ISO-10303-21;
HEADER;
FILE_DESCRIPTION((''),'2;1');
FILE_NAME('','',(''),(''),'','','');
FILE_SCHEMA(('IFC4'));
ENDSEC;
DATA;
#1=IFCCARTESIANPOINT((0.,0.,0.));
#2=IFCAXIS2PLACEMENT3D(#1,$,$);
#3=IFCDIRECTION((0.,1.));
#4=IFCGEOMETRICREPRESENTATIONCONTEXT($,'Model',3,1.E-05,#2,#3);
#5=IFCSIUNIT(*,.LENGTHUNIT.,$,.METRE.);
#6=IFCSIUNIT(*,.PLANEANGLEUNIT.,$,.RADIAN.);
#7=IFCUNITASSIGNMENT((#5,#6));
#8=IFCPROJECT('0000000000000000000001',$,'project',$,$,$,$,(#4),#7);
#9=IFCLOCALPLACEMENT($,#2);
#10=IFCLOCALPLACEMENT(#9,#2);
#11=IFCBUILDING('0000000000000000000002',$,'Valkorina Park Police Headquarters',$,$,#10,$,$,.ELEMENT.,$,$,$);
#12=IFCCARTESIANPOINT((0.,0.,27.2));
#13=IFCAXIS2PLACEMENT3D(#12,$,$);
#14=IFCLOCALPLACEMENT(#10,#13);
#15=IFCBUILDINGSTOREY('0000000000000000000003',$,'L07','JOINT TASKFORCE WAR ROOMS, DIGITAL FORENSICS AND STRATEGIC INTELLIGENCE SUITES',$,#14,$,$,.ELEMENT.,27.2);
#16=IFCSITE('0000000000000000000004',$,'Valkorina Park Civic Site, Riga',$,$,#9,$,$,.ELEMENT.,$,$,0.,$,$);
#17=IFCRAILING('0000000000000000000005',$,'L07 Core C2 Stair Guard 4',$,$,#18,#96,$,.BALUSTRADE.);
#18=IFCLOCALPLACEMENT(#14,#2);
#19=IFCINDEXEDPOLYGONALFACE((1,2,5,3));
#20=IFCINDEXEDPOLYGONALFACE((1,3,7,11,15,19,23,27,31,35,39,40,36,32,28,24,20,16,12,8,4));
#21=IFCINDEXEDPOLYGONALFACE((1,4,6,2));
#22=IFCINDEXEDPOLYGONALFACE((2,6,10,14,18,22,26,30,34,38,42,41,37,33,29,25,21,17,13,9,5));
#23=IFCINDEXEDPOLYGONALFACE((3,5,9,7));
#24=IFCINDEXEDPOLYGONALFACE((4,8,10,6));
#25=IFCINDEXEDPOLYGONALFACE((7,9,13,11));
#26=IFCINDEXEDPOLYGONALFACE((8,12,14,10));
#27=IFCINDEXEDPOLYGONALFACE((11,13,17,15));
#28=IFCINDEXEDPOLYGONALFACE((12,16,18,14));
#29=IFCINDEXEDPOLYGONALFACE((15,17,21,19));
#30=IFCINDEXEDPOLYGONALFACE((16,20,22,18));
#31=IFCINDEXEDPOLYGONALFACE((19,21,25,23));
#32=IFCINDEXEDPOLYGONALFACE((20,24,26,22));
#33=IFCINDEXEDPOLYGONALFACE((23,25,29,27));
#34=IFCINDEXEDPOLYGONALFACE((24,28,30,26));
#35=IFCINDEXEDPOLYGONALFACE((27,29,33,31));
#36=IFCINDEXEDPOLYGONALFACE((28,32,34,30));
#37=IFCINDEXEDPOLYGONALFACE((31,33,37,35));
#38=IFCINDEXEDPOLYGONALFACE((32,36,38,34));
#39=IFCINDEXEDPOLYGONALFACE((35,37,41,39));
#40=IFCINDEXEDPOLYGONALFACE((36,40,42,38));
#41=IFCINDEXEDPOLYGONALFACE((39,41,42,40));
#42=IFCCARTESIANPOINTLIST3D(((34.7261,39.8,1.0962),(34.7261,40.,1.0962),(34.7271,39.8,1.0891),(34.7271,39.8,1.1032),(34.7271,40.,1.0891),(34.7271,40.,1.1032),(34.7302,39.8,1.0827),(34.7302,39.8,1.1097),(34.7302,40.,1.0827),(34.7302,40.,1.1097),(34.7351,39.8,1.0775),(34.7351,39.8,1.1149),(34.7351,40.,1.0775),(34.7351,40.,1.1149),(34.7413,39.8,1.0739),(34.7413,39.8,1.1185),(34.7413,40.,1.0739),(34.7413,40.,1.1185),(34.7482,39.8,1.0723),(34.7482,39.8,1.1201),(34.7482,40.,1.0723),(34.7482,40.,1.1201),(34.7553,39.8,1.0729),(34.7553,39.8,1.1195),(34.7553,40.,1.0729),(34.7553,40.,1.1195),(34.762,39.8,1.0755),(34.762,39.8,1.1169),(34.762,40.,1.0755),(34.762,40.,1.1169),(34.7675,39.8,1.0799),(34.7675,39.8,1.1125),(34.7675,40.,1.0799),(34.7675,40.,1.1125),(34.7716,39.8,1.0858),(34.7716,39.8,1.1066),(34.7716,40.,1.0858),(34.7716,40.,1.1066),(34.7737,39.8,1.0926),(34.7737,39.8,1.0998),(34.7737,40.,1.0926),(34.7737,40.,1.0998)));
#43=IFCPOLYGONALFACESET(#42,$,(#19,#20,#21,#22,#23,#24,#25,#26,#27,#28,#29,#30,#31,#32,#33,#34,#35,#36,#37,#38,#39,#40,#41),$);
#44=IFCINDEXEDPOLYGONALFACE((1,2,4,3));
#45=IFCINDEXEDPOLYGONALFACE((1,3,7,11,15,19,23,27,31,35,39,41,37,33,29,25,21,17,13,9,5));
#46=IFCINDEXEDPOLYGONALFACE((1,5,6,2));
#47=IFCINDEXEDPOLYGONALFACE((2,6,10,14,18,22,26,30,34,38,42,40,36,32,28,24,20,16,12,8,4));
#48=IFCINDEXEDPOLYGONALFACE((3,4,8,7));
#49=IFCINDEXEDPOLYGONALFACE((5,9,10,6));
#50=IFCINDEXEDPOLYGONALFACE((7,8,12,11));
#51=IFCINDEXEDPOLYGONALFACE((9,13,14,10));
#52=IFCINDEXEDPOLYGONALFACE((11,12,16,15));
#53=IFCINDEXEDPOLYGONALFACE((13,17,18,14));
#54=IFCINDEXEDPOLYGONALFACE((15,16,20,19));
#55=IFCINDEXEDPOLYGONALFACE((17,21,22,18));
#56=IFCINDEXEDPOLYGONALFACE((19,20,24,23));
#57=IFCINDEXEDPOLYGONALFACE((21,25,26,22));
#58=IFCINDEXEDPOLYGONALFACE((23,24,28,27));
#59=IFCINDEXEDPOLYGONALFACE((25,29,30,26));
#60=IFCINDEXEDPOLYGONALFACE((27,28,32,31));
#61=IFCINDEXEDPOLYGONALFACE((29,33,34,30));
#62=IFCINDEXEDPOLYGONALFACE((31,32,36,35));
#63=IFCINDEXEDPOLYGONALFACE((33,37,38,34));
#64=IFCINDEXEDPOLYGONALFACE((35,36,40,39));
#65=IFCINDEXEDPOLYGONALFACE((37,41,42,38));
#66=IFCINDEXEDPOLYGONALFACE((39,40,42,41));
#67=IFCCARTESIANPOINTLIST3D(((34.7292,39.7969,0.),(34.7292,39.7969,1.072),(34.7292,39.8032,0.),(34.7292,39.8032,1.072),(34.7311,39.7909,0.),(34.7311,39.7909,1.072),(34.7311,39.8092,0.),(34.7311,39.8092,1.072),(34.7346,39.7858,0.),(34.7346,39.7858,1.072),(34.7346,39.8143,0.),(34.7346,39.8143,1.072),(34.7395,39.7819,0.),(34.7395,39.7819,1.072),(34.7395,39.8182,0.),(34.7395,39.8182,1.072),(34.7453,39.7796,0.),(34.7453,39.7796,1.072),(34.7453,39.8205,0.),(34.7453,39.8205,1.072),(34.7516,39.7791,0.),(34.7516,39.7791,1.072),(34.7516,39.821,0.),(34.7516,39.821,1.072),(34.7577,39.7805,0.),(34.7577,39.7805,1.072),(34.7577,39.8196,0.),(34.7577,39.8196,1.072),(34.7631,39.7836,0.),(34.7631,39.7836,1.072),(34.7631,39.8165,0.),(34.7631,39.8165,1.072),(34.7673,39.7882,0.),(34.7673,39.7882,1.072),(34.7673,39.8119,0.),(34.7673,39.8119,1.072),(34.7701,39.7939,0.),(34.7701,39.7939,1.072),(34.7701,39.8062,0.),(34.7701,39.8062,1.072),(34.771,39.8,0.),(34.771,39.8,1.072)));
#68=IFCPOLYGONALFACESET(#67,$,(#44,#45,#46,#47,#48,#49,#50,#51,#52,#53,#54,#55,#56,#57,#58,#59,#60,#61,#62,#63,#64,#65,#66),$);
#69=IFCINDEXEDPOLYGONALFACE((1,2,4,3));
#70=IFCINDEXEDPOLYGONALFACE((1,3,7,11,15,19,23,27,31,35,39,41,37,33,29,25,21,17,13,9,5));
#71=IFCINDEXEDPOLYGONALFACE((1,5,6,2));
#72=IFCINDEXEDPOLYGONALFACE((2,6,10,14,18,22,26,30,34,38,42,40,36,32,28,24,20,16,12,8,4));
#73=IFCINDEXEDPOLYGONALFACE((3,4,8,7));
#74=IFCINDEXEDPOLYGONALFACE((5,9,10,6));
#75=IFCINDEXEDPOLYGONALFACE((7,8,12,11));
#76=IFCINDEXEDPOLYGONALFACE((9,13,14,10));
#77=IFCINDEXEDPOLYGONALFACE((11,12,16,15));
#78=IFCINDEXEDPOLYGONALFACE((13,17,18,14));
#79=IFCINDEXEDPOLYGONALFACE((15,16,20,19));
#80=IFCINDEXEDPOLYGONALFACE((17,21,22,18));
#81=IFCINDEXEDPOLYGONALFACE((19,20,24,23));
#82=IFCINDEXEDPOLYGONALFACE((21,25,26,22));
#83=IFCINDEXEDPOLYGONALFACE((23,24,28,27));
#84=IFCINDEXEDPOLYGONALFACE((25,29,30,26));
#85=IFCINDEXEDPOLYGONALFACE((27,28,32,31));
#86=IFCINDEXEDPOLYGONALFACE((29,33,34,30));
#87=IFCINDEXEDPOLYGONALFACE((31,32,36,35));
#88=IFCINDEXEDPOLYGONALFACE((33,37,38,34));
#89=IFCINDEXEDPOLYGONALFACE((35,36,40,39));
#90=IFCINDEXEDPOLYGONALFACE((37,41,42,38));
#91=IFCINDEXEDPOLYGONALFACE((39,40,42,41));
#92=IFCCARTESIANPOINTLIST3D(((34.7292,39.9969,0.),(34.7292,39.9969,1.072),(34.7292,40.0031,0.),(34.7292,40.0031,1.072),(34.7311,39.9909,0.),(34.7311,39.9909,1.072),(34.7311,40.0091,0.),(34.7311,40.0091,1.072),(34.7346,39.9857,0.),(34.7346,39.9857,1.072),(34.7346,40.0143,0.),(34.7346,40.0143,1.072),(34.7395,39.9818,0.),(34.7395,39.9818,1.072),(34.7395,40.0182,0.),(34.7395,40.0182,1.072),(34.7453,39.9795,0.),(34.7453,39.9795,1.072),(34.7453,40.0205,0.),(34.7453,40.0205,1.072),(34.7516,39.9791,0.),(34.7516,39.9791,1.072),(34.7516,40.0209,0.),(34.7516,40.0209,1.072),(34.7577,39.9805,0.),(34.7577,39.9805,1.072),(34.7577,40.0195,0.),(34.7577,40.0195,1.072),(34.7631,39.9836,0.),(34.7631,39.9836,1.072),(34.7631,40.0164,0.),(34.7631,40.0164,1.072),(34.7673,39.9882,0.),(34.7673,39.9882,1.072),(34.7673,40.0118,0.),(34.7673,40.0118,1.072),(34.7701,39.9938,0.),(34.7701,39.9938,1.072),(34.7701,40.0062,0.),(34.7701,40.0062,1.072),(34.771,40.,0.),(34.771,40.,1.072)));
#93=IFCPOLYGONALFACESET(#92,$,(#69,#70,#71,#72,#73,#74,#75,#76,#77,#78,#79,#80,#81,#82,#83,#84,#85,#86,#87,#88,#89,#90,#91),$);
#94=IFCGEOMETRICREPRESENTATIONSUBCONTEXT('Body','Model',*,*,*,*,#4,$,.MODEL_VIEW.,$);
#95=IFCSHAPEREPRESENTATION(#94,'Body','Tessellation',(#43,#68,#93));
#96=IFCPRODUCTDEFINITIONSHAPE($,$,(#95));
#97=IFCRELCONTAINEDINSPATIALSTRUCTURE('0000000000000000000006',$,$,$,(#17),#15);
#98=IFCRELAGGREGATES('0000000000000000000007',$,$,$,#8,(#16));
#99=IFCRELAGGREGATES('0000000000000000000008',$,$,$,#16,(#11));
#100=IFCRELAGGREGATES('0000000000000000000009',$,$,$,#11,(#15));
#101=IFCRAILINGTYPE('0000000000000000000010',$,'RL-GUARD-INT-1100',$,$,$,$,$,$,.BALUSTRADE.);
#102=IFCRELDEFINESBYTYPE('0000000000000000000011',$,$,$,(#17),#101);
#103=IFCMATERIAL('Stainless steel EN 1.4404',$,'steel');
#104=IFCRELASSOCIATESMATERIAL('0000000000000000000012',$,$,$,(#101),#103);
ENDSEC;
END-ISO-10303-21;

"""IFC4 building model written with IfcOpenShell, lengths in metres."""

from ifc_helpers import new_model, si_unit, direction, frame, origin, origin_2d, place, context, subcontext, project, spatial, circle, extrude, material, type_object, element, save


model = new_model("IFC4")

# Units and contexts
model_context = context("Model", 3, precision=1e-05, world=origin(), true_north=direction((0.0, 1.0)))
body_context = subcontext(model_context, "Body", "Model", "MODEL_VIEW")
ifc_project = project(units=[si_unit("LENGTHUNIT", "METRE"), si_unit("PLANEANGLEUNIT", "RADIAN")], contexts=[model_context])

# Site, building, storey
site_placement = place(None, origin())
site = spatial("IfcSite", under=ifc_project, at=site_placement, Name="Valkorina Park Civic Site, Riga", CompositionType="ELEMENT", RefElevation=0.0)
building_placement = place(site_placement, origin())
building = spatial("IfcBuilding", under=site, at=building_placement, Name="Valkorina Park Police Headquarters", CompositionType="ELEMENT")
storey_placement = place(building_placement, frame((0.0, 0.0, 27.2)))
storey = spatial("IfcBuildingStorey", under=building, at=storey_placement, Name="L07", Description="JOINT TASKFORCE WAR ROOMS, DIGITAL FORENSICS AND STRATEGIC INTELLIGENCE SUITES", CompositionType="ELEMENT", Elevation=27.2)

# Railing
ifc_material_1 = material(Name="Stainless steel EN 1.4404", Category="steel")
railing_type_1 = type_object("IfcRailingType", Name="RL-GUARD-INT-1100", PredefinedType="BALUSTRADE", material=ifc_material_1)
railing_1_placement = place(storey_placement, frame((34.75, 39.8, 0.0)))
element("IfcRailing", 1, at=railing_1_placement, inside=storey, type_object=railing_type_1, Name="L07 Core C2 Stair Guard 4", PredefinedType="BALUSTRADE", context=body_context, shape_type="SweptSolid", body=[
    extrude(circle(Radius=0.0239, at=origin_2d()), frame((0.0, 0.0, 1.0962), z_axis=(0.0, 1.0, 0.0), x_axis=(-1.0, 0.0, 0.0)), (0.0, 0.0, 1.0), 0.2),
    extrude(circle(Radius=0.021, at=origin_2d()), origin(), (0.0, 0.0, 1.0), 1.072),
    extrude(circle(Radius=0.021, at=origin_2d()), frame((0.0, 0.2, 0.0)), (0.0, 0.0, 1.0), 1.072),
])

save(model, "model.ifc")
